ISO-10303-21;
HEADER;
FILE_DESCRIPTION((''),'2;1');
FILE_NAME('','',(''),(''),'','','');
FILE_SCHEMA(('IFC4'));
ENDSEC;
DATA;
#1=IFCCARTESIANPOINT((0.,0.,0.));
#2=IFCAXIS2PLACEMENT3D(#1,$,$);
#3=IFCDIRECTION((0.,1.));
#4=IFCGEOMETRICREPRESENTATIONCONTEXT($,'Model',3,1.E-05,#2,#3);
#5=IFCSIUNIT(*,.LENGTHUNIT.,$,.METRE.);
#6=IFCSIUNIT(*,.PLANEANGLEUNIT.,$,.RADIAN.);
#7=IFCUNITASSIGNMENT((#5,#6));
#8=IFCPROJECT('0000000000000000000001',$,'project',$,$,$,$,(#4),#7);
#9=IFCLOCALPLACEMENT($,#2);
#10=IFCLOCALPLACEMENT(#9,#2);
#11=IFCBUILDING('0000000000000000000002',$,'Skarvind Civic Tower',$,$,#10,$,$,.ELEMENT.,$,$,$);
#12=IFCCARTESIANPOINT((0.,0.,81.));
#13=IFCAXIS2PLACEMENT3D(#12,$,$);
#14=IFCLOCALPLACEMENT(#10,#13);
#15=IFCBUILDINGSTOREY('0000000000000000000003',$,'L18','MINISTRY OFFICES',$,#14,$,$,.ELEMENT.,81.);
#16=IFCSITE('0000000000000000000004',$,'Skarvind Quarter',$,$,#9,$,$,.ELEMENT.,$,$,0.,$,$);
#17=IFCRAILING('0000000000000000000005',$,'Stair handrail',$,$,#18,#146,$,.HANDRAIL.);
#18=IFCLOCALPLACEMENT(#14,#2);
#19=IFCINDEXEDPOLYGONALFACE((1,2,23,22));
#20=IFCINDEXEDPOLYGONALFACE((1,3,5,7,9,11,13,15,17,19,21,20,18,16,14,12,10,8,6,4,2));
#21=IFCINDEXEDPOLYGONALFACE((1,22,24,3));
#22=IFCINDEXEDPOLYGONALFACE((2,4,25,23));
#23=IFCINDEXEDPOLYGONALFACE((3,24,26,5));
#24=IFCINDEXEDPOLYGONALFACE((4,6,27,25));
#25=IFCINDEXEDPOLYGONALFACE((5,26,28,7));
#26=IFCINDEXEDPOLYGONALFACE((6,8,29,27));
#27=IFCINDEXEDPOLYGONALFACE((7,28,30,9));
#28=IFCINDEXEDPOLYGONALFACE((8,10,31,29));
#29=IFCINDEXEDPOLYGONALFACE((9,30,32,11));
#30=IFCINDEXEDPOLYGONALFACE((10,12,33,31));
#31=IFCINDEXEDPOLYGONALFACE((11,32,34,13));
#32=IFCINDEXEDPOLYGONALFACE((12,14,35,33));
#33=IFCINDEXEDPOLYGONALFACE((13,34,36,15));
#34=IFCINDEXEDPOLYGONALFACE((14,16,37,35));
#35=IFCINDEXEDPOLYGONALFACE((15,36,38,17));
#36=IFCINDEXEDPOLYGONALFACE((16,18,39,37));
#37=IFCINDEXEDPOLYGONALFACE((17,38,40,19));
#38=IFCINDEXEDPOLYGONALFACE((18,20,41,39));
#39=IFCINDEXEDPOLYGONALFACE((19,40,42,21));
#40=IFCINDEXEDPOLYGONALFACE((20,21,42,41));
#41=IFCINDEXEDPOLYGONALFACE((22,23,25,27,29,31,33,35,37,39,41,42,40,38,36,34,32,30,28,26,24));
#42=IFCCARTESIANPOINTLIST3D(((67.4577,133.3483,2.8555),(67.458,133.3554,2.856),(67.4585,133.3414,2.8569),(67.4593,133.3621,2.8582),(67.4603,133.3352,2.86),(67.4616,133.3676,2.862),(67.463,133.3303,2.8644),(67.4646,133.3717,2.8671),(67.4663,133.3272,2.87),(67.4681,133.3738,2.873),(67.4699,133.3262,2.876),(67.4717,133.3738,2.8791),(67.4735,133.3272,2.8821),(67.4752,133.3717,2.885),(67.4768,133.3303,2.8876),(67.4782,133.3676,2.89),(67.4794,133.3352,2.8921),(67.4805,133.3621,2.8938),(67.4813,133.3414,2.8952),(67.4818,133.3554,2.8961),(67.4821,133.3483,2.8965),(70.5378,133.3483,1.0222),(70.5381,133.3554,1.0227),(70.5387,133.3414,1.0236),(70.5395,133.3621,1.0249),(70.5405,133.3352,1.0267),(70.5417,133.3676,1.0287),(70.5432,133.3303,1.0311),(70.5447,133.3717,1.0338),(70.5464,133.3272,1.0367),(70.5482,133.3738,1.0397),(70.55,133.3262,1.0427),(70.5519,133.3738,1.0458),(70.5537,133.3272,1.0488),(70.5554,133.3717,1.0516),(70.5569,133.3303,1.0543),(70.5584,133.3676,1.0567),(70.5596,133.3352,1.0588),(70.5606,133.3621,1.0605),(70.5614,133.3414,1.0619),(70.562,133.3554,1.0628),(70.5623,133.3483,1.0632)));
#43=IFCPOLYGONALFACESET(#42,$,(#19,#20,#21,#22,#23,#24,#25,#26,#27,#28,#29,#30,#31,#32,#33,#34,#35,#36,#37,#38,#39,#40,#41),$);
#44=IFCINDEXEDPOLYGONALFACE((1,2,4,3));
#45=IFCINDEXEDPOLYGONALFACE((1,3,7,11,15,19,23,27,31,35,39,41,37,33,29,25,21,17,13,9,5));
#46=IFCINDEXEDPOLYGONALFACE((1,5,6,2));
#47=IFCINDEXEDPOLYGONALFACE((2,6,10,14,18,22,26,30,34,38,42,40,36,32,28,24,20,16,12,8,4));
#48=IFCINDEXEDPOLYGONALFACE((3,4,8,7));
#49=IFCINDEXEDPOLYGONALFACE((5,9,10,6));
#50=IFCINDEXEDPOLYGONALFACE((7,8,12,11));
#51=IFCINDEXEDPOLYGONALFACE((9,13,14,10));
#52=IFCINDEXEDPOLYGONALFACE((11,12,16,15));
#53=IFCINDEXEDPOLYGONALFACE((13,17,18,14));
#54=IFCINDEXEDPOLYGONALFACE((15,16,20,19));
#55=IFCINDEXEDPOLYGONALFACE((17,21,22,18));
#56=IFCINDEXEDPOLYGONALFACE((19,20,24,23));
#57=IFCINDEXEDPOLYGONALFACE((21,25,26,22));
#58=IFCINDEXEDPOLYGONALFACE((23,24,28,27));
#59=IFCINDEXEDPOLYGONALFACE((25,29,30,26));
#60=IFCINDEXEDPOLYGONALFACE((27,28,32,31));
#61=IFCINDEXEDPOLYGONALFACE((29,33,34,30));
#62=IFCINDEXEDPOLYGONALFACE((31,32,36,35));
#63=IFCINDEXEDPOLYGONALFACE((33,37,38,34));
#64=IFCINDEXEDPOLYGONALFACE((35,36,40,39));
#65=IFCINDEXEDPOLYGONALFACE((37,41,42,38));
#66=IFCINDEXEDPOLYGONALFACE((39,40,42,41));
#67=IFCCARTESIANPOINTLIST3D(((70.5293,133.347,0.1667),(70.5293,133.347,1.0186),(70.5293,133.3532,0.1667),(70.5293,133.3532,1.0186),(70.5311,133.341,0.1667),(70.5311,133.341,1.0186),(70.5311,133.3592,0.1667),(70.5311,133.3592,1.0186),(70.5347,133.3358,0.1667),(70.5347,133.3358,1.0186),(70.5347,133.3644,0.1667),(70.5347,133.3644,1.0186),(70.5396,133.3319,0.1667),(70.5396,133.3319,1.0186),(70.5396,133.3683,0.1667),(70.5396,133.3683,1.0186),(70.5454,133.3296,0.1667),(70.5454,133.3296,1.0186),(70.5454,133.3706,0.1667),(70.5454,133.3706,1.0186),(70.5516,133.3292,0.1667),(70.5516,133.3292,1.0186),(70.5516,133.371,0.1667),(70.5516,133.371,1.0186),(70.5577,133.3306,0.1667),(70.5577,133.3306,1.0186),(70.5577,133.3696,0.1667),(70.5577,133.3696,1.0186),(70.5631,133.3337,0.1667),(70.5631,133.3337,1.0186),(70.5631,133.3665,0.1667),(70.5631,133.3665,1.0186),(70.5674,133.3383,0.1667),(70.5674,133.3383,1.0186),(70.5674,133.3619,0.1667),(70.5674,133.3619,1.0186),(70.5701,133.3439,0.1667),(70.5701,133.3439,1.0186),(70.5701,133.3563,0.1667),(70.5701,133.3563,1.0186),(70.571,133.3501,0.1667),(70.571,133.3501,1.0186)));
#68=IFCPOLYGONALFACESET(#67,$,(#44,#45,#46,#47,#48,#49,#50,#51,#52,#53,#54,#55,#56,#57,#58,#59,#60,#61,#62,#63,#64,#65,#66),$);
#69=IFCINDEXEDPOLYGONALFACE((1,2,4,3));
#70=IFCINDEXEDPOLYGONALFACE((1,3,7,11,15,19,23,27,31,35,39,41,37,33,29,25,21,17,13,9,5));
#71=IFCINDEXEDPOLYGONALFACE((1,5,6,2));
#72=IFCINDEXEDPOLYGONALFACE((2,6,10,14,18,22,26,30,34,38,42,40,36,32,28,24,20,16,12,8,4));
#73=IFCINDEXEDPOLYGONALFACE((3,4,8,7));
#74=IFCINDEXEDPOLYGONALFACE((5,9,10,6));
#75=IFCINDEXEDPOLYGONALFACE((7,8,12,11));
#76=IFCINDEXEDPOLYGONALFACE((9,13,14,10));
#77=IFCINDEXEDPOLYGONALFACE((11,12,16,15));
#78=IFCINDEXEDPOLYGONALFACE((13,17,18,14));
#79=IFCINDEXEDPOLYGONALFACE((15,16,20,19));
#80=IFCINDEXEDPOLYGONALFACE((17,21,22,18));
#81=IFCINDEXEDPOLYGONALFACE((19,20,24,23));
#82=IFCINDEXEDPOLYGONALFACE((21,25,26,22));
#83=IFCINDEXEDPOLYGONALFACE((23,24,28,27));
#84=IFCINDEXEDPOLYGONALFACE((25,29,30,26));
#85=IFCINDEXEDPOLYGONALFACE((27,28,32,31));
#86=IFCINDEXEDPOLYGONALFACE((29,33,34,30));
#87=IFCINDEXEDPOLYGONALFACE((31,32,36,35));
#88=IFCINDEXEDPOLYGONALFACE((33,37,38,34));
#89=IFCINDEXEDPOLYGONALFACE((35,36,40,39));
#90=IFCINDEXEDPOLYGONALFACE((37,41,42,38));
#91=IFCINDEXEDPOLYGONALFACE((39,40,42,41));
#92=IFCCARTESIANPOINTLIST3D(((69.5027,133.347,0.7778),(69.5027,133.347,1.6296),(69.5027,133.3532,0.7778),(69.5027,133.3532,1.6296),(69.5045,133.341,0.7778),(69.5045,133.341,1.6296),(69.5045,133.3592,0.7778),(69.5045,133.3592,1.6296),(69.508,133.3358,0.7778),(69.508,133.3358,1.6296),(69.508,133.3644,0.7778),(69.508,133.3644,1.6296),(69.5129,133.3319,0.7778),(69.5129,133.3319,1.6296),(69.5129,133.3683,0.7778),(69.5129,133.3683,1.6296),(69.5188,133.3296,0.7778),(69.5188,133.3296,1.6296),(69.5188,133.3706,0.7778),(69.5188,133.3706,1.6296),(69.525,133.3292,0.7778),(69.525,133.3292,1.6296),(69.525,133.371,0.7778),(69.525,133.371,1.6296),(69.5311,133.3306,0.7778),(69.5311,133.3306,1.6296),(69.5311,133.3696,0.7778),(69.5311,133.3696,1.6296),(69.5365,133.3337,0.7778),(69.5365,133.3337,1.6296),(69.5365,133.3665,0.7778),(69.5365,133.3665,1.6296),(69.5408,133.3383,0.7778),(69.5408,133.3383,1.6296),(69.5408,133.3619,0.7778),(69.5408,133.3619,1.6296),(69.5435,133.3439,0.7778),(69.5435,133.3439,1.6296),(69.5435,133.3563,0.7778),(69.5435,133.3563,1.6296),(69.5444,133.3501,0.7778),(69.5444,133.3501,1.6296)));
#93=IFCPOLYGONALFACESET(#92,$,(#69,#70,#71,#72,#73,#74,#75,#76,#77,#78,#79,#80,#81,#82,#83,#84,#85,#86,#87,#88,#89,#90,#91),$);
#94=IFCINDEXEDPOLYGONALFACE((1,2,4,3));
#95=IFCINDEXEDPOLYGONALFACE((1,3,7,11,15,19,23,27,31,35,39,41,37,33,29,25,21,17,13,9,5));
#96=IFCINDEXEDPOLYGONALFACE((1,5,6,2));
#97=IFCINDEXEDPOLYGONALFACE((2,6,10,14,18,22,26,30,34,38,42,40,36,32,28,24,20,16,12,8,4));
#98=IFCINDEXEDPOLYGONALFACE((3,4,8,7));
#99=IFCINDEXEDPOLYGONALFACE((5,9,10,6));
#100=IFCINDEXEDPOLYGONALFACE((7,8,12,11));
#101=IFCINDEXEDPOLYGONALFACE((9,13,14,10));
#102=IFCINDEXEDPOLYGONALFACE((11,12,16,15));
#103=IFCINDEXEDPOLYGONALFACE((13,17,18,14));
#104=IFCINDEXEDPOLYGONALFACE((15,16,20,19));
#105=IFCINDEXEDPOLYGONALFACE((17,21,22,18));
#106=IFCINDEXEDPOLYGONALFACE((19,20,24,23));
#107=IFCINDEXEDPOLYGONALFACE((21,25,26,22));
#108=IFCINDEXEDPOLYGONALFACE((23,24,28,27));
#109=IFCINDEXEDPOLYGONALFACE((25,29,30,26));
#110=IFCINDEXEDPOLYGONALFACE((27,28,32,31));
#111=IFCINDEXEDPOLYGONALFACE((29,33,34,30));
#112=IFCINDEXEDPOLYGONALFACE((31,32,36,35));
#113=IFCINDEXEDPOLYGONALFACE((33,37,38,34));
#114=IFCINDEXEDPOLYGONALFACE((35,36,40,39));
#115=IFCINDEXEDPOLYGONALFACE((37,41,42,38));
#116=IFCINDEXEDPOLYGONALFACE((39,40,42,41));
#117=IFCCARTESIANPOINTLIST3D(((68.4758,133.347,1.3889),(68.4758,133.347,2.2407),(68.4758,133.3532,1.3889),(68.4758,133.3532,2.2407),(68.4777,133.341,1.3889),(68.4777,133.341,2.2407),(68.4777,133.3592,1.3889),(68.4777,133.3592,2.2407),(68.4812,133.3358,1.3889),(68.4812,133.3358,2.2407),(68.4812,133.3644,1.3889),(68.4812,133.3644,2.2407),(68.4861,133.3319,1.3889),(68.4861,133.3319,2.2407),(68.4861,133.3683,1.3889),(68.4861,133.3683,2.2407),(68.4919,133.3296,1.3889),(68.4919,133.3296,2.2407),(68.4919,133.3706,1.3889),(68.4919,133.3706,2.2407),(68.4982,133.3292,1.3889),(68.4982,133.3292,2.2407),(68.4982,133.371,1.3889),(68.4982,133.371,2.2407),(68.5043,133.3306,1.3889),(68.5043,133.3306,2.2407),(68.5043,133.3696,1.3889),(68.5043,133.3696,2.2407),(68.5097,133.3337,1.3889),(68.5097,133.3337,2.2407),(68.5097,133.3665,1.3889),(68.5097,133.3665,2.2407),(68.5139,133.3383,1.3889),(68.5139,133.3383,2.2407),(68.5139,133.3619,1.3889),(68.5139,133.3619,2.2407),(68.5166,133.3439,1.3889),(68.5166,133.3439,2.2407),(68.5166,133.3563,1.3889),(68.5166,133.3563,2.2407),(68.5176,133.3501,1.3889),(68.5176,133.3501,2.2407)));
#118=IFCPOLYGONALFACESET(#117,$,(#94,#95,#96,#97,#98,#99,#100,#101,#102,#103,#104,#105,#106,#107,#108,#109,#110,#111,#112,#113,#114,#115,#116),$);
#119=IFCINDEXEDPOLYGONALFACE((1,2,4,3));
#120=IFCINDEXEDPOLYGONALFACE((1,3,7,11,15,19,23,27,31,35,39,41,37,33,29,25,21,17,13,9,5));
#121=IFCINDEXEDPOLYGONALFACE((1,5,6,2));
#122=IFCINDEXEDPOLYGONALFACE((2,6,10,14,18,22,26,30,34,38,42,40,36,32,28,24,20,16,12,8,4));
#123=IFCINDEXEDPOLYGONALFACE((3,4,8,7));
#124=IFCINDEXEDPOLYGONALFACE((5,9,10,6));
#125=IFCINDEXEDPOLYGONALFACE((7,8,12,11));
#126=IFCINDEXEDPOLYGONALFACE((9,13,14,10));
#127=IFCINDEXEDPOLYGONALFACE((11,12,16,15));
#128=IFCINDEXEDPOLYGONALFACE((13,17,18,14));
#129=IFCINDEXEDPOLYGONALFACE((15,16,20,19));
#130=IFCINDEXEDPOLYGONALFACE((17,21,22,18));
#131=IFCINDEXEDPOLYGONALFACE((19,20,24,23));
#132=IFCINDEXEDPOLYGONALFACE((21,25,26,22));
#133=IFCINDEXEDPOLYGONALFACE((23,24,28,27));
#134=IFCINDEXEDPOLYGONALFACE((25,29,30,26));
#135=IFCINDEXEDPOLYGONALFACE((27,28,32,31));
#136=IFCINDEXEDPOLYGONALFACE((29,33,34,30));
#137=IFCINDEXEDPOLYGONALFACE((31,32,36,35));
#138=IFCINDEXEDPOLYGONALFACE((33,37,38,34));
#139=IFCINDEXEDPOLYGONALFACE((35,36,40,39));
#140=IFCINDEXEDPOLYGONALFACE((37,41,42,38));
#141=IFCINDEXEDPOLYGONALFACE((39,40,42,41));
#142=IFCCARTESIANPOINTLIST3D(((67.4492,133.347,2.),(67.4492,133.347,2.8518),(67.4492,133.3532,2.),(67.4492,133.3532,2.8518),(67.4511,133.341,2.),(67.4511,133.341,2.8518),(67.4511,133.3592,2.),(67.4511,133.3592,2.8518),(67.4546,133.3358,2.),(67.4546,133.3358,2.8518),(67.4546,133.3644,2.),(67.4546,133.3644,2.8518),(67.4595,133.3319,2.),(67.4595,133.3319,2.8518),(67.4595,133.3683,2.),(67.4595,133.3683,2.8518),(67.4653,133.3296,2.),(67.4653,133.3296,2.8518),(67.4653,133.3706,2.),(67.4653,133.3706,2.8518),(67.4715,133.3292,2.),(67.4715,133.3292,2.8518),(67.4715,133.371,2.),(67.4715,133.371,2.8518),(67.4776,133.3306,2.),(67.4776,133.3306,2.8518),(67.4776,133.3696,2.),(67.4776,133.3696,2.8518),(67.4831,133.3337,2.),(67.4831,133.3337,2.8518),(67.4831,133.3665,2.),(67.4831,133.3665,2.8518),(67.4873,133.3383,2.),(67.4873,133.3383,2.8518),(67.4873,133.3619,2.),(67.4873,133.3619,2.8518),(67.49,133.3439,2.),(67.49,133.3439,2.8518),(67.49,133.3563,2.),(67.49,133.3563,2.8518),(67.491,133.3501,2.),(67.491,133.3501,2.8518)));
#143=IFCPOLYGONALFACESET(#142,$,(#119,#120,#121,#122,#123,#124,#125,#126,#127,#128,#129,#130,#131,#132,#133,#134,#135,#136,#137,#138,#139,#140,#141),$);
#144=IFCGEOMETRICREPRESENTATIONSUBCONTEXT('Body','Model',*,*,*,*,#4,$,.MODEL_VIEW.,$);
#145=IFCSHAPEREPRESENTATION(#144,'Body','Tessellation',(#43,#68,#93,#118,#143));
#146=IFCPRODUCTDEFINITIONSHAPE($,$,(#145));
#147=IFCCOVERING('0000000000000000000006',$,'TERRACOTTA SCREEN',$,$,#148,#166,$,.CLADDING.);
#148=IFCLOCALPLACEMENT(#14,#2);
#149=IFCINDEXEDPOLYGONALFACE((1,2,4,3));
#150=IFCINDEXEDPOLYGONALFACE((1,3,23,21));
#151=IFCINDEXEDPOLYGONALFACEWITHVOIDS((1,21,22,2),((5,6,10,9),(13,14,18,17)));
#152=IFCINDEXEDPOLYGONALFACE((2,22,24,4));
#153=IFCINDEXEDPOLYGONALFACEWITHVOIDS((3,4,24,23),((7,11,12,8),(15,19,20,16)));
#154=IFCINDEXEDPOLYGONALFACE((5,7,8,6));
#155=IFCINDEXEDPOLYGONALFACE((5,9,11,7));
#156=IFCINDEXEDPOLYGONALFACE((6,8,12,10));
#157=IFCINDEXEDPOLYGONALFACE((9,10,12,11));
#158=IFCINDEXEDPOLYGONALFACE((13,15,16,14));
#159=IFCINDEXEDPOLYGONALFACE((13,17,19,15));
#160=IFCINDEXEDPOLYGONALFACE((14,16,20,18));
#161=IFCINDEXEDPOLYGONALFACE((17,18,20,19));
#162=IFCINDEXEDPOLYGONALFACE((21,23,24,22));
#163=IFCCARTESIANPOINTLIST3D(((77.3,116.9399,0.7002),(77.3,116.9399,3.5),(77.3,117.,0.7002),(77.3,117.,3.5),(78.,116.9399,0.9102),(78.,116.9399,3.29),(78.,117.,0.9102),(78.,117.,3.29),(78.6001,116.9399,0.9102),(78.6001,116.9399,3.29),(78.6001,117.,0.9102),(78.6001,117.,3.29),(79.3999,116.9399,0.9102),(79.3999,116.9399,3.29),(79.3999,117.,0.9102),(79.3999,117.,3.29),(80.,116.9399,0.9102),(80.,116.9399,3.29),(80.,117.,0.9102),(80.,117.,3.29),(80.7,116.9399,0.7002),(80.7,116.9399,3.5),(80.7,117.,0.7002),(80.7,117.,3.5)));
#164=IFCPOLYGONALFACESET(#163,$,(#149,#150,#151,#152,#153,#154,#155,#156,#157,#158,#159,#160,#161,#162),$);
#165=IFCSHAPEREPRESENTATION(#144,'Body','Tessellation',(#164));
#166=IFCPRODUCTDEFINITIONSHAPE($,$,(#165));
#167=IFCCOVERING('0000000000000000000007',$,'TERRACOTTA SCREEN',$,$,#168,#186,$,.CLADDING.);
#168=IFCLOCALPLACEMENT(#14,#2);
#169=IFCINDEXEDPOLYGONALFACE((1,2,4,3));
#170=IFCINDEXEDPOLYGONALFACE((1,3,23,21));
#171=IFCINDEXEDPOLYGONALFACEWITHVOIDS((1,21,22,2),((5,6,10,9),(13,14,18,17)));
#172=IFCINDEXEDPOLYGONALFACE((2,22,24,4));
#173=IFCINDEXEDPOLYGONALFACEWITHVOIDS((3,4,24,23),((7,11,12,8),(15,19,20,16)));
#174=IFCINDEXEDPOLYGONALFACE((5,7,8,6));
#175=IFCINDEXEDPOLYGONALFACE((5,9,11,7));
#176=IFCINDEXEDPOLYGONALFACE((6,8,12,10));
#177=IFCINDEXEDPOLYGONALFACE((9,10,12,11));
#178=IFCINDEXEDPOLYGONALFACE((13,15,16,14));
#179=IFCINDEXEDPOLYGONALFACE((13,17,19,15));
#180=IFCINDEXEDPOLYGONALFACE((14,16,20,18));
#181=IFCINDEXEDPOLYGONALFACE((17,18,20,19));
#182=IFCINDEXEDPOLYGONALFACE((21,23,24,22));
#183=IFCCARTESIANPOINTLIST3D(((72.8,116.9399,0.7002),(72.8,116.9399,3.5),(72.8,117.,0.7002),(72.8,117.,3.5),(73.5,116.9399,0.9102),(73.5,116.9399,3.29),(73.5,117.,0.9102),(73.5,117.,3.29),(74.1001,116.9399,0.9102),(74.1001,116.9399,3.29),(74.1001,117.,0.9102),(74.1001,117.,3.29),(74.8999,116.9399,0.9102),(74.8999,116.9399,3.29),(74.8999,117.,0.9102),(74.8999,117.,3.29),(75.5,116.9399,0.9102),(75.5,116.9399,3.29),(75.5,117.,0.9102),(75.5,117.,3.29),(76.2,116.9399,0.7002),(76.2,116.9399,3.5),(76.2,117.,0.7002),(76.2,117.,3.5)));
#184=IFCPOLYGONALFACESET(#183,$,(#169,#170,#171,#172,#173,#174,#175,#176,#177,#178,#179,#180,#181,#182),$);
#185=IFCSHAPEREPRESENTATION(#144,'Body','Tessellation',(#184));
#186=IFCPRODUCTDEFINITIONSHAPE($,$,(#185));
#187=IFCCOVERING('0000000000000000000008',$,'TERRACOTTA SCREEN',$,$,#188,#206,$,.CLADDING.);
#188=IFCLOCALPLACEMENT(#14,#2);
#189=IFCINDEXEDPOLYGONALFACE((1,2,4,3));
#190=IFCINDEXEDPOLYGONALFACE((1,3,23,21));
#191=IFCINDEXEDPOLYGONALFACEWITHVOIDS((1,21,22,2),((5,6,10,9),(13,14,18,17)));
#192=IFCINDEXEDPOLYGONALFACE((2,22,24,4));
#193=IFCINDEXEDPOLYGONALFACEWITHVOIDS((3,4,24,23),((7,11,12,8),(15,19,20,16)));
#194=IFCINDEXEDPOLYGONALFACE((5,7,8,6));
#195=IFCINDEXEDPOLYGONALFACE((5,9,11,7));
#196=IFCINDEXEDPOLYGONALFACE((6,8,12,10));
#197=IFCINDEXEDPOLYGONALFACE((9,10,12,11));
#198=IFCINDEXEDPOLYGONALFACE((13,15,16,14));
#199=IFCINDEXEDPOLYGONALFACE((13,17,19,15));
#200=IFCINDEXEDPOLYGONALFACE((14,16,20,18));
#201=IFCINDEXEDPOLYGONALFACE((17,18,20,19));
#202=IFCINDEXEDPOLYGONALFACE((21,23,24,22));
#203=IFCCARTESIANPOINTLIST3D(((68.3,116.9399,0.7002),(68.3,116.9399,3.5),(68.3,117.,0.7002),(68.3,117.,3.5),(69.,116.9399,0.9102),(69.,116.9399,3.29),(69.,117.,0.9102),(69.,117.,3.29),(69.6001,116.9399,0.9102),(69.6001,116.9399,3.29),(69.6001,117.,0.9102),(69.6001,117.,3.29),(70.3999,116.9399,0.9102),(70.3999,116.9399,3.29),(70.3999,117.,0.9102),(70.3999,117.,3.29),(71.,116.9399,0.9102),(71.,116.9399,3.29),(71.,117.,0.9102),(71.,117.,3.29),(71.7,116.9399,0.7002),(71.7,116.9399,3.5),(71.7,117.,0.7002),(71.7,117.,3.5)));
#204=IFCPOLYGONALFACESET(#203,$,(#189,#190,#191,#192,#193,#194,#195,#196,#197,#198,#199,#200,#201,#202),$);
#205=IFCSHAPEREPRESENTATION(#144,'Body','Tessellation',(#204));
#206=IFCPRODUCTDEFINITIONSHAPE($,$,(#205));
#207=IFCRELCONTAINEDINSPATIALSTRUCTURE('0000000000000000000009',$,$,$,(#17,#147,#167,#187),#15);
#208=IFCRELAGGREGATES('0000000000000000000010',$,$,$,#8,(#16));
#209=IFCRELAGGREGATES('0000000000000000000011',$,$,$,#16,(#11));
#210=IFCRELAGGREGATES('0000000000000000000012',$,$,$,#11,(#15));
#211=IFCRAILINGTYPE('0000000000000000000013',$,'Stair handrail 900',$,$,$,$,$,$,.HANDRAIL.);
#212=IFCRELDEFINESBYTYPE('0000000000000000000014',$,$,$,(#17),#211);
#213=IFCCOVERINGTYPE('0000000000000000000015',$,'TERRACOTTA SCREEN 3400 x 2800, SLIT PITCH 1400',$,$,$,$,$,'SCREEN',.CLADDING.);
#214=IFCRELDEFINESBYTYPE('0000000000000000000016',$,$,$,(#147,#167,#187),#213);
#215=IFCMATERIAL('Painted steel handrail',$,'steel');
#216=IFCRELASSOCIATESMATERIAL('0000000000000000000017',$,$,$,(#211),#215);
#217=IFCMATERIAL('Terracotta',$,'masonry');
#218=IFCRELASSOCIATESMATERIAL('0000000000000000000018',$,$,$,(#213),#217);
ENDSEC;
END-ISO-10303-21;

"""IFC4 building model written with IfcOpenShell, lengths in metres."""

from ifc_helpers import new_model, si_unit, direction, frame, origin, origin_2d, place, context, subcontext, project, spatial, polyline, circle, outline, extrude, material, material_profile, profile_set, type_object, element, save


model = new_model("IFC4")

# Units and contexts
model_context = context("Model", 3, precision=1e-05, world=origin(), true_north=direction((0.0, 1.0)))
body_context = subcontext(model_context, "Body", "Model", "MODEL_VIEW")
ifc_project = project(units=[si_unit("LENGTHUNIT", "METRE"), si_unit("PLANEANGLEUNIT", "RADIAN")], contexts=[model_context])

# Site, building, storey
site_placement = place(None, origin())
site = spatial("IfcSite", under=ifc_project, at=site_placement, Name="Skarvind Quarter", CompositionType="ELEMENT", RefElevation=0.0)
building_placement = place(site_placement, origin())
building = spatial("IfcBuilding", under=site, at=building_placement, Name="Skarvind Civic Tower", CompositionType="ELEMENT")
storey_placement = place(building_placement, frame((0.0, 0.0, 81.0)))
storey = spatial("IfcBuildingStorey", under=building, at=storey_placement, Name="L18", Description="MINISTRY OFFICES", CompositionType="ELEMENT", Elevation=81.0)

# Railing
ifc_material_1 = material(Name="Painted steel handrail", Category="steel")
railing_type = type_object("IfcRailingType", Name="Stair handrail 900", PredefinedType="HANDRAIL", material=ifc_material_1)
railing_placement = place(storey_placement, frame((70.55, 133.3501, 0.1667)))
element("IfcRailing", 1, at=railing_placement, inside=storey, type_object=railing_type, Name="Stair handrail", PredefinedType="HANDRAIL", context=body_context, shape_type="SweptSolid", body=[
    extrude(circle(Radius=0.0239, at=origin_2d()), frame((0.0, 0.0, 0.876), z_axis=(-0.859309, 0.0, 0.511458), x_axis=(0.0, -1.0, 0.0)), (0.0, 0.0, 1.0), 3.5845),
    extrude(circle(Radius=0.021, at=origin_2d()), origin(), (0.0, 0.0, 1.0), 0.8518),
    extrude(circle(Radius=0.021, at=origin_2d()), frame((-1.0266, 0.0, 0.6111)), (0.0, 0.0, 1.0), 0.8518),
    extrude(circle(Radius=0.021, at=origin_2d()), frame((-2.0535, 0.0, 1.2222)), (0.0, 0.0, 1.0), 0.8518),
    extrude(circle(Radius=0.021, at=origin_2d()), frame((-3.0801, 0.0, 1.8333)), (0.0, 0.0, 1.0), 0.8518),
])

# Coverings
ifc_material_2 = material(Name="Terracotta", Category="masonry")
ifc_material_profile_1 = material_profile(ifc_material_2, outline(polyline([(-1.7, -1.3999), (1.7, -1.3999), (1.7, 1.3999), (-1.7, 1.3999), (-1.7, -1.3999)]), holes=[polyline([(-1.0, -1.1899), (-0.3999, -1.1899), (-0.3999, 1.1899), (-1.0, 1.1899), (-1.0, -1.1899)]), polyline([(0.3999, -1.1899), (1.0, -1.1899), (1.0, 1.1899), (0.3999, 1.1899), (0.3999, -1.1899)])]), Name="TERRACOTTA SCREEN 3400 x 2800, SLIT PITCH 1400")
ifc_profile_set_1 = profile_set([ifc_material_profile_1], Name="Terracotta")
covering_type_1 = type_object("IfcCoveringType", Name="TERRACOTTA SCREEN 3400 x 2800, SLIT PITCH 1400", ElementType="SCREEN", PredefinedType="CLADDING", material=ifc_profile_set_1)
for number, where, z_axis, x_axis, name in (
    (2, (79.0, 117.0, 2.1001), (0.0, -1.0, 0.0), (1.0, 0.0, 0.0), "TERRACOTTA SCREEN"),
    (3, (74.5, 117.0, 2.1001), (0.0, -1.0, 0.0), (1.0, 0.0, 0.0), "TERRACOTTA SCREEN"),
    (4, (70.0, 117.0, 2.1001), (0.0, -1.0, 0.0), (1.0, 0.0, 0.0), "TERRACOTTA SCREEN"),
):
    element("IfcCovering", number, at=place(storey_placement, frame(where, z_axis=z_axis, x_axis=x_axis)), inside=storey, type_object=covering_type_1, Name=name, PredefinedType="CLADDING", context=body_context, shape_type="SweptSolid", body=[
        extrude(outline(polyline([(-1.7, -1.3999), (1.7, -1.3999), (1.7, 1.3999), (-1.7, 1.3999), (-1.7, -1.3999)]), holes=[polyline([(-1.0, -1.1899), (-0.3999, -1.1899), (-0.3999, 1.1899), (-1.0, 1.1899), (-1.0, -1.1899)]), polyline([(0.3999, -1.1899), (1.0, -1.1899), (1.0, 1.1899), (0.3999, 1.1899), (0.3999, -1.1899)])]), origin(), (0.0, 0.0, 1.0), 0.0601),
    ])

save(model, "model.ifc")
